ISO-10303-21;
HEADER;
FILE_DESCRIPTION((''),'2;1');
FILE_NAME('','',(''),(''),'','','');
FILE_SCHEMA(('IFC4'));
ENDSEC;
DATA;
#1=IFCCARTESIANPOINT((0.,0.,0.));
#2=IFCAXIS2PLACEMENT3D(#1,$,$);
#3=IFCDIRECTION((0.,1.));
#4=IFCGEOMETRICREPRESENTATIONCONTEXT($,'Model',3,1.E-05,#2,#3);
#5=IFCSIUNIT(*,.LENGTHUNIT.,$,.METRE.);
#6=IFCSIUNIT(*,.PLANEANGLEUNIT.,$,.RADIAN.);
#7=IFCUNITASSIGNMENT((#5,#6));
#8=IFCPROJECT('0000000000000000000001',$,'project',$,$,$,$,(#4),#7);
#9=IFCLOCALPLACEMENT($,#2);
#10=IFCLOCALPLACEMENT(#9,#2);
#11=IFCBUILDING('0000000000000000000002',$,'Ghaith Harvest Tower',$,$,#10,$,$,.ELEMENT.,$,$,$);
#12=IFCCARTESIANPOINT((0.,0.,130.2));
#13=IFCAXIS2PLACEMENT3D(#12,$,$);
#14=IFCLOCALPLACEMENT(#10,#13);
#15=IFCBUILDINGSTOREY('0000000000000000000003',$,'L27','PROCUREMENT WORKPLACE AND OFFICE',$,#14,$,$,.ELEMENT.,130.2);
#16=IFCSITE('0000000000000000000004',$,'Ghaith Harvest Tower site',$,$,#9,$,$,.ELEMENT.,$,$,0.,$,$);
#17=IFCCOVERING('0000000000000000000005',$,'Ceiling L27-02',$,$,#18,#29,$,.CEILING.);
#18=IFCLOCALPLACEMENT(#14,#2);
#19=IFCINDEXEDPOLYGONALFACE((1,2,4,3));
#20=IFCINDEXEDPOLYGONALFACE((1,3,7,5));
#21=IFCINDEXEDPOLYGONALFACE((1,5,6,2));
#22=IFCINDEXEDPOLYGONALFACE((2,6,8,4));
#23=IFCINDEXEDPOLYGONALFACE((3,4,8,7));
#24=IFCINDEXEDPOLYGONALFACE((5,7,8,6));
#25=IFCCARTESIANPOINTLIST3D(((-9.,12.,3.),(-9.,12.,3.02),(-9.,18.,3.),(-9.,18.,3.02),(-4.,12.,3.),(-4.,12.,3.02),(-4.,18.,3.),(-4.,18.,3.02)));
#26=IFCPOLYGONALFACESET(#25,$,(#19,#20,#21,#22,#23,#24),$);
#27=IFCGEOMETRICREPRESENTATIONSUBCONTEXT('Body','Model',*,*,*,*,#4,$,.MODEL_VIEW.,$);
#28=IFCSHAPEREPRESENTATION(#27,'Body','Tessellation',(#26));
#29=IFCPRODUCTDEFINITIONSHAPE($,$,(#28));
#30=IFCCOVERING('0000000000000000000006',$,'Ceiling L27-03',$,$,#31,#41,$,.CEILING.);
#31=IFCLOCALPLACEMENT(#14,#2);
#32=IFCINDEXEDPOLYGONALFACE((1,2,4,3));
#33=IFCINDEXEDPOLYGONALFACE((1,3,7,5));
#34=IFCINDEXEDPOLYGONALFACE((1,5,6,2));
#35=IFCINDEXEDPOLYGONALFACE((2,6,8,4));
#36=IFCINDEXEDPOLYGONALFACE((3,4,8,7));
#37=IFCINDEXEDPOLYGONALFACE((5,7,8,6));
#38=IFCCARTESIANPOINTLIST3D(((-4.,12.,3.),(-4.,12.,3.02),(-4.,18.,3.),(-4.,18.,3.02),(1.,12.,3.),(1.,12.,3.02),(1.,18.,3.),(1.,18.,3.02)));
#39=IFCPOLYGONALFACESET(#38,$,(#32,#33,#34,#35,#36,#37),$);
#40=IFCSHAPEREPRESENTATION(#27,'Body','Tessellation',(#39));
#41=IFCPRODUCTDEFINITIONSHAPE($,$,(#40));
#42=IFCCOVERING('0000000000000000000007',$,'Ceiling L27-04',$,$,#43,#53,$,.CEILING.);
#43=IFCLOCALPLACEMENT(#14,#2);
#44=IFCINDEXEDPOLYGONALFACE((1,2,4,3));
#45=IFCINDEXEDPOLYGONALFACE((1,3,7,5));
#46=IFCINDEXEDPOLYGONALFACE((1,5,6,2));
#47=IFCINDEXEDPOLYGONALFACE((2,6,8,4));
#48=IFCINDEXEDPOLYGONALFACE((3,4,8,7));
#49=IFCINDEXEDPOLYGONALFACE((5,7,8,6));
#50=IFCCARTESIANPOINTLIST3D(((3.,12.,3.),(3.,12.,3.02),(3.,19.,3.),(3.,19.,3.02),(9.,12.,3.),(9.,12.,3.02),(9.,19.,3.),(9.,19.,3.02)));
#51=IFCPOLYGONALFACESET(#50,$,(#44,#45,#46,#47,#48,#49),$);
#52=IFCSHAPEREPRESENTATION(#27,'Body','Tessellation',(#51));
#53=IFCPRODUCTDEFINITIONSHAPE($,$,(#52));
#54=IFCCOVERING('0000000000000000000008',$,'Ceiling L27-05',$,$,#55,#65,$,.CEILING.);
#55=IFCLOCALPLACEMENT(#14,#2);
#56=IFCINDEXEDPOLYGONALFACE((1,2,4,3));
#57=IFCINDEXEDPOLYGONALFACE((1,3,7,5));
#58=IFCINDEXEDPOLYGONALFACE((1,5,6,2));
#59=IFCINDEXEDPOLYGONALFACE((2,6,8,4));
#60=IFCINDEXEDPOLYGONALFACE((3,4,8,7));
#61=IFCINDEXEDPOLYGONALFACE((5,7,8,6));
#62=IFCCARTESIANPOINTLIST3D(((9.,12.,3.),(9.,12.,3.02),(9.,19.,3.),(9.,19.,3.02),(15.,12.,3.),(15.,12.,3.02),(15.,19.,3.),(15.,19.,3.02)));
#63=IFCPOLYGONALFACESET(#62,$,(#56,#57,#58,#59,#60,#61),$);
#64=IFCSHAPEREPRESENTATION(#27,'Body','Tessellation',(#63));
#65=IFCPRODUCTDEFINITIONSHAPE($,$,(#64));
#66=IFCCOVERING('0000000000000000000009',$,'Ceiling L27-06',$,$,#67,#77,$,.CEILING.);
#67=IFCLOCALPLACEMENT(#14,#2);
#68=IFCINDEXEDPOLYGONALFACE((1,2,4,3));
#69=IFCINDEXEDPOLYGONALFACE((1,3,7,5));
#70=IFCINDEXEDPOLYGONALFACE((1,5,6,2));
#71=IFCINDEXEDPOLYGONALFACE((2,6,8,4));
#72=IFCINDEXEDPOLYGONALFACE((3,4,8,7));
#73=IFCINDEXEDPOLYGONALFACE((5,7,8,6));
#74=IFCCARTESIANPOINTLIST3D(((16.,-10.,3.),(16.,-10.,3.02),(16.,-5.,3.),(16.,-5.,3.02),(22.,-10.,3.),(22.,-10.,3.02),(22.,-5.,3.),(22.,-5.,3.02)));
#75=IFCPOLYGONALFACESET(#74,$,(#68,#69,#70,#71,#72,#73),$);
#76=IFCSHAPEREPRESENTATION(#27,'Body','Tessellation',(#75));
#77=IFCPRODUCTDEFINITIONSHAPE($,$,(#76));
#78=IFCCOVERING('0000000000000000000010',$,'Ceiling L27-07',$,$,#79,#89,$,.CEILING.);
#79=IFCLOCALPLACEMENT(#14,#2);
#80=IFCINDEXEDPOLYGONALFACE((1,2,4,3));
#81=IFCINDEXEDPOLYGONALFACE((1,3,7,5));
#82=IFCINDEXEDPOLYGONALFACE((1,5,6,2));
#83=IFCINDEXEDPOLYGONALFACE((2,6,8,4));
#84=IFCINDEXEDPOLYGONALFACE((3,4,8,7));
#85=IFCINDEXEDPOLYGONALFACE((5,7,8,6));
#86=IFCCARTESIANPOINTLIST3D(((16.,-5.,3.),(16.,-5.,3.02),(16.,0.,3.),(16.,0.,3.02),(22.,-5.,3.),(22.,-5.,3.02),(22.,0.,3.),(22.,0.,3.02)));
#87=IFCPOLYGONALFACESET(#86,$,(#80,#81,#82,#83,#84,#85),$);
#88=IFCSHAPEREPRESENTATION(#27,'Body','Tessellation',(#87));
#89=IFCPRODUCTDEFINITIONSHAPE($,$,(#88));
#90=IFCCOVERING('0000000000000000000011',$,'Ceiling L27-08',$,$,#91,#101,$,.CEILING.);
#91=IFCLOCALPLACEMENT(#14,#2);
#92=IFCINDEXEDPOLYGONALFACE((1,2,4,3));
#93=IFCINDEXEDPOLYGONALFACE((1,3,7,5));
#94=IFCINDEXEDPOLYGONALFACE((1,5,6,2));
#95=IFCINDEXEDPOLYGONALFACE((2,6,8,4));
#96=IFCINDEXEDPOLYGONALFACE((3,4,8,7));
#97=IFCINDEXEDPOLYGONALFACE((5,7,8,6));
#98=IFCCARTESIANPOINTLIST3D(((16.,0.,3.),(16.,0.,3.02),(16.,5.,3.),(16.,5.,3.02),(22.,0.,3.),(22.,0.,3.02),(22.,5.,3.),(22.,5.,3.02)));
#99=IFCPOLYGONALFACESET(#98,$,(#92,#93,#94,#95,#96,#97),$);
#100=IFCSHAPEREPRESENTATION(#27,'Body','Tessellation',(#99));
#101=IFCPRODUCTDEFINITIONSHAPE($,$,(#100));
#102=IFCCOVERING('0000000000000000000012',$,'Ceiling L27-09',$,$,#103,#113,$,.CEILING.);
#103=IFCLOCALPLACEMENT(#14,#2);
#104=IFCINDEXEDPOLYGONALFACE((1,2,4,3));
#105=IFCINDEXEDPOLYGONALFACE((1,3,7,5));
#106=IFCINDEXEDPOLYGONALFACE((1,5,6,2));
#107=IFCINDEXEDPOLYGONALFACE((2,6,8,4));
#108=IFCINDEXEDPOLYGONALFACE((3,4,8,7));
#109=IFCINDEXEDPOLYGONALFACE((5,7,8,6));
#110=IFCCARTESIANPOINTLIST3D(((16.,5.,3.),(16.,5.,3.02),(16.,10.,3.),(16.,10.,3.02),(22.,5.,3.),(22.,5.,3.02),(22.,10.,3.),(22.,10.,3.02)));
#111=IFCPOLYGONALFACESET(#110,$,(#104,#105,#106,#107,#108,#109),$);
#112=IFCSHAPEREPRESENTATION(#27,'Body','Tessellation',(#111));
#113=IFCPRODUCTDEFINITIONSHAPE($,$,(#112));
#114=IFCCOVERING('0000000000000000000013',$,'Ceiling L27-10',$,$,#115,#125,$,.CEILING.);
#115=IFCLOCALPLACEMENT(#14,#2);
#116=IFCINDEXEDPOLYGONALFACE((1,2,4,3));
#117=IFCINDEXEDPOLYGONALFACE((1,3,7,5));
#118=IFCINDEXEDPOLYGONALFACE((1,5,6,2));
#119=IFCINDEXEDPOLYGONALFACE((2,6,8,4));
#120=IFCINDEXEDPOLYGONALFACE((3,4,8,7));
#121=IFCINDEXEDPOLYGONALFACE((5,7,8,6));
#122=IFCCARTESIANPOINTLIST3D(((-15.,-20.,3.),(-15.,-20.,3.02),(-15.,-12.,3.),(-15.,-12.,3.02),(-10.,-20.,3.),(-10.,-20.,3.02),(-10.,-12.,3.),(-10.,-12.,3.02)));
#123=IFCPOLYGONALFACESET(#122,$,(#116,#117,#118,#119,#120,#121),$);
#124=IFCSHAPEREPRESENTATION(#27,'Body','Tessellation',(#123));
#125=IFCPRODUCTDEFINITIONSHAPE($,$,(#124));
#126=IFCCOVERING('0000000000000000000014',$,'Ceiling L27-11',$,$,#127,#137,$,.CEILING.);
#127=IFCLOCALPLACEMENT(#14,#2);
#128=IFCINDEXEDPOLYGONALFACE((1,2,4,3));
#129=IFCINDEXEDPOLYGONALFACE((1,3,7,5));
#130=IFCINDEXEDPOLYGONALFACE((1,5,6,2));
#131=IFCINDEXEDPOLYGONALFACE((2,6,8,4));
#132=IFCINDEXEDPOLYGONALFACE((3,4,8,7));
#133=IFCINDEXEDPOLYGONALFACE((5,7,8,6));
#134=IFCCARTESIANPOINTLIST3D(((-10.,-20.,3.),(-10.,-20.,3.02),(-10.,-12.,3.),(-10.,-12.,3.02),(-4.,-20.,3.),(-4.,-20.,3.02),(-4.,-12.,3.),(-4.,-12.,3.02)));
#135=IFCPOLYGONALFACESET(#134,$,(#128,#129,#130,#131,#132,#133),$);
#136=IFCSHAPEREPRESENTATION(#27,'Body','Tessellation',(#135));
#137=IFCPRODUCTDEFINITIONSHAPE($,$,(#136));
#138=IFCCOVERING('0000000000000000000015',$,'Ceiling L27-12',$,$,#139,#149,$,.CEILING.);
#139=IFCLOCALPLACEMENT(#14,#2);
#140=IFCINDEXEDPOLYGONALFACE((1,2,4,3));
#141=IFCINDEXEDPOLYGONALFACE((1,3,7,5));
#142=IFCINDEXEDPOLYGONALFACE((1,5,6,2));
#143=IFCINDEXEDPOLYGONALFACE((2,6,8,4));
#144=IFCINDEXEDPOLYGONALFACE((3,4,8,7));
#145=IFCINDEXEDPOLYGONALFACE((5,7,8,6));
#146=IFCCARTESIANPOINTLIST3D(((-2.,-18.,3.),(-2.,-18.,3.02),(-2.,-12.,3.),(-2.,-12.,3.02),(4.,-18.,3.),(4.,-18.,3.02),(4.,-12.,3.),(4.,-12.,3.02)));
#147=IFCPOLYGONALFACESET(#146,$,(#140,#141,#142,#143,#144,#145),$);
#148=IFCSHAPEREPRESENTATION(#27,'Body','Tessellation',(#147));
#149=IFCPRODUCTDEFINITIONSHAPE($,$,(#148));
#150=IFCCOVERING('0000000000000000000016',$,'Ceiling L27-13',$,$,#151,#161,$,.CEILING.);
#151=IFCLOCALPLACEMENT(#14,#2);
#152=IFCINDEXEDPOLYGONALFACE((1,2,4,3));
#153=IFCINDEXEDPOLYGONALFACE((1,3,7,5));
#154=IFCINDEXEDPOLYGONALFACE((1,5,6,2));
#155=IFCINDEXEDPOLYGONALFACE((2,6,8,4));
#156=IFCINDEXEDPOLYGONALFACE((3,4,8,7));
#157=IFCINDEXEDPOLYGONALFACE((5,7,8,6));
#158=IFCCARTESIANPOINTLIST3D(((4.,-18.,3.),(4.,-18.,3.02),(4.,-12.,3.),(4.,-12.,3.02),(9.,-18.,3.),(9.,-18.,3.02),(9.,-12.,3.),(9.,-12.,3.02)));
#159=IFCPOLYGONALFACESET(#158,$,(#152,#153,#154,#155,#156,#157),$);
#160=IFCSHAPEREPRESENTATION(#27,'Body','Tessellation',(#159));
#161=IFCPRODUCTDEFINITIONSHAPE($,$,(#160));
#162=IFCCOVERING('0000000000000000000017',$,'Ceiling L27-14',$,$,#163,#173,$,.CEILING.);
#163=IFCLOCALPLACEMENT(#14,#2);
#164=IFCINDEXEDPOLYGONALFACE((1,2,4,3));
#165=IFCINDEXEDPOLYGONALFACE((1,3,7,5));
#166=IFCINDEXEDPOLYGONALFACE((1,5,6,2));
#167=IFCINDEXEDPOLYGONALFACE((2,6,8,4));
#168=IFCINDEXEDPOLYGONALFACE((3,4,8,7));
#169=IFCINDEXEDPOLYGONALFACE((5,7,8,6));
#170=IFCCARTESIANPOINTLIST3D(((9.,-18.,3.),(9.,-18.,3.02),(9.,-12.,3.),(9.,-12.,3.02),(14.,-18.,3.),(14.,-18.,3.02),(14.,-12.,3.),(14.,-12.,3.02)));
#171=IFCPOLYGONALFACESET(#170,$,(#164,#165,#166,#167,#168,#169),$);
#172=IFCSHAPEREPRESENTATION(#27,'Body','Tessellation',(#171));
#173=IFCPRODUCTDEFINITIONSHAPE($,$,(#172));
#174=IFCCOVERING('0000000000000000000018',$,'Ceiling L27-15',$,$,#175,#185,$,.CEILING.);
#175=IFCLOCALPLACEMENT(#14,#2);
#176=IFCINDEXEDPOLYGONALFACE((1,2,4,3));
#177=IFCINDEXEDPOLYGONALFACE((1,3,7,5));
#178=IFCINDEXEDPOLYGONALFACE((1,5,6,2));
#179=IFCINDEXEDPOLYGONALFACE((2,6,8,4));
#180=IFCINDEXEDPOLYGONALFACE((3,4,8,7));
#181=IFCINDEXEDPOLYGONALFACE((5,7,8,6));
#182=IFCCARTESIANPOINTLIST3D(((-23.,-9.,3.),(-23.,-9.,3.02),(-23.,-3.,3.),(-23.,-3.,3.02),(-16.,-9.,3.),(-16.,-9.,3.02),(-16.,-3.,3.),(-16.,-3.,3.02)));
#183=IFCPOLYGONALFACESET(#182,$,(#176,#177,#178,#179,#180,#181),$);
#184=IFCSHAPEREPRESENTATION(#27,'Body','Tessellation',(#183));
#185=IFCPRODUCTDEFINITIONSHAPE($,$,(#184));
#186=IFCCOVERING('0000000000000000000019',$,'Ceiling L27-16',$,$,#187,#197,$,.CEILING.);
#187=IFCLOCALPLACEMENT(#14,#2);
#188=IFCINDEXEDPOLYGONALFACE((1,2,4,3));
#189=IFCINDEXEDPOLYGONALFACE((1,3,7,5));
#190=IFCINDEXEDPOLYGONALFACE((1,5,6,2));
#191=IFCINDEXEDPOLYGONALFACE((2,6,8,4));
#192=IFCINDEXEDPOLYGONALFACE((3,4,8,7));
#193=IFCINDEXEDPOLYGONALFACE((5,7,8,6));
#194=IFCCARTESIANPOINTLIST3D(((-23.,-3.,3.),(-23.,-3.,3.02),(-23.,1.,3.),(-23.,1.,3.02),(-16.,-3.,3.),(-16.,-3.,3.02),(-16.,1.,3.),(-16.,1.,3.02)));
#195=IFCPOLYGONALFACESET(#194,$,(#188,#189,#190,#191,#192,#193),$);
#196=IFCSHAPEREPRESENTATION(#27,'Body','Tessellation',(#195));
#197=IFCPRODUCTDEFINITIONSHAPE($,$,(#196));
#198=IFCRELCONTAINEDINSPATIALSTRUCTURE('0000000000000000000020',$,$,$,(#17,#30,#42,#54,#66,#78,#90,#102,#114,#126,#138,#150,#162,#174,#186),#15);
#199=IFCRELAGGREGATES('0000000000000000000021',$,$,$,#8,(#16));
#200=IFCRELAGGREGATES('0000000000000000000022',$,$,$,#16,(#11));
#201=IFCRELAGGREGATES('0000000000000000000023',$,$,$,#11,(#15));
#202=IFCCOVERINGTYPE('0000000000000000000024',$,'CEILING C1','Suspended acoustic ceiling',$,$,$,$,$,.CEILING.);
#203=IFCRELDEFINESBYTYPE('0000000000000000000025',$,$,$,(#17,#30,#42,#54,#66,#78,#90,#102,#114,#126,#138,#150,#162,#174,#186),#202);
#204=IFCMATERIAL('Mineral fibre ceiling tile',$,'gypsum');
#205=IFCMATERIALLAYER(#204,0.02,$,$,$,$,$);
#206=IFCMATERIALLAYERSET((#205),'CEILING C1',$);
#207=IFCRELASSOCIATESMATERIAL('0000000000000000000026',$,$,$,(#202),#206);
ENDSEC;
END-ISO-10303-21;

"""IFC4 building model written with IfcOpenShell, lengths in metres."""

from ifc_helpers import new_model, si_unit, direction, frame, origin, place, context, subcontext, project, spatial, polyline, outline, extrude, material, layer, layer_set, type_object, element, save


model = new_model("IFC4")

# Units and contexts
model_context = context("Model", 3, precision=1e-05, world=origin(), true_north=direction((0.0, 1.0)))
body_context = subcontext(model_context, "Body", "Model", "MODEL_VIEW")
ifc_project = project(units=[si_unit("LENGTHUNIT", "METRE"), si_unit("PLANEANGLEUNIT", "RADIAN")], contexts=[model_context])

# Site, building, storey
site_placement = place(None, origin())
site = spatial("IfcSite", under=ifc_project, at=site_placement, Name="Ghaith Harvest Tower site", CompositionType="ELEMENT", RefElevation=0.0)
building_placement = place(site_placement, origin())
building = spatial("IfcBuilding", under=site, at=building_placement, Name="Ghaith Harvest Tower", CompositionType="ELEMENT")
storey_placement = place(building_placement, frame((0.0, 0.0, 130.2)))
storey = spatial("IfcBuildingStorey", under=building, at=storey_placement, Name="L27", Description="PROCUREMENT WORKPLACE AND OFFICE", CompositionType="ELEMENT", Elevation=130.2)

# Coverings
ifc_material_1 = material(Name="Mineral fibre ceiling tile", Category="gypsum")
ifc_layer_1 = layer(ifc_material_1, 0.02)
ifc_layer_set_1 = layer_set([ifc_layer_1], Name="CEILING C1")
covering_type = type_object("IfcCoveringType", Name="CEILING C1", Description="Suspended acoustic ceiling", PredefinedType="CEILING", material=ifc_layer_set_1)
covering_1_placement = place(storey_placement, frame((0.0, 0.0, 3.0)))
element("IfcCovering", 1, at=covering_1_placement, inside=storey, type_object=covering_type, Name="Ceiling L27-02", PredefinedType="CEILING", context=body_context, shape_type="SweptSolid", body=[
    extrude(outline(polyline([(-9.0, 12.0), (-4.0, 12.0), (-4.0, 18.0), (-9.0, 18.0), (-9.0, 12.0)])), origin(), (0.0, 0.0, 1.0), 0.02),
])
covering_2_placement = place(storey_placement, frame((0.0, 0.0, 3.0)))
element("IfcCovering", 2, at=covering_2_placement, inside=storey, type_object=covering_type, Name="Ceiling L27-03", PredefinedType="CEILING", context=body_context, shape_type="SweptSolid", body=[
    extrude(outline(polyline([(-4.0, 12.0), (1.0, 12.0), (1.0, 18.0), (-4.0, 18.0), (-4.0, 12.0)])), origin(), (0.0, 0.0, 1.0), 0.02),
])
covering_3_placement = place(storey_placement, frame((0.0, 0.0, 3.0)))
element("IfcCovering", 3, at=covering_3_placement, inside=storey, type_object=covering_type, Name="Ceiling L27-04", PredefinedType="CEILING", context=body_context, shape_type="SweptSolid", body=[
    extrude(outline(polyline([(3.0, 12.0), (9.0, 12.0), (9.0, 19.0), (3.0, 19.0), (3.0, 12.0)])), origin(), (0.0, 0.0, 1.0), 0.02),
])
covering_4_placement = place(storey_placement, frame((0.0, 0.0, 3.0)))
element("IfcCovering", 4, at=covering_4_placement, inside=storey, type_object=covering_type, Name="Ceiling L27-05", PredefinedType="CEILING", context=body_context, shape_type="SweptSolid", body=[
    extrude(outline(polyline([(9.0, 12.0), (15.0, 12.0), (15.0, 19.0), (9.0, 19.0), (9.0, 12.0)])), origin(), (0.0, 0.0, 1.0), 0.02),
])
covering_5_placement = place(storey_placement, frame((0.0, 0.0, 3.0)))
element("IfcCovering", 5, at=covering_5_placement, inside=storey, type_object=covering_type, Name="Ceiling L27-06", PredefinedType="CEILING", context=body_context, shape_type="SweptSolid", body=[
    extrude(outline(polyline([(16.0, -10.0), (22.0, -10.0), (22.0, -5.0), (16.0, -5.0), (16.0, -10.0)])), origin(), (0.0, 0.0, 1.0), 0.02),
])
covering_6_placement = place(storey_placement, frame((0.0, 0.0, 3.0)))
element("IfcCovering", 6, at=covering_6_placement, inside=storey, type_object=covering_type, Name="Ceiling L27-07", PredefinedType="CEILING", context=body_context, shape_type="SweptSolid", body=[
    extrude(outline(polyline([(16.0, -5.0), (22.0, -5.0), (22.0, 0.0), (16.0, 0.0), (16.0, -5.0)])), origin(), (0.0, 0.0, 1.0), 0.02),
])
covering_7_placement = place(storey_placement, frame((0.0, 0.0, 3.0)))
element("IfcCovering", 7, at=covering_7_placement, inside=storey, type_object=covering_type, Name="Ceiling L27-08", PredefinedType="CEILING", context=body_context, shape_type="SweptSolid", body=[
    extrude(outline(polyline([(16.0, 0.0), (22.0, 0.0), (22.0, 5.0), (16.0, 5.0), (16.0, 0.0)])), origin(), (0.0, 0.0, 1.0), 0.02),
])
covering_8_placement = place(storey_placement, frame((0.0, 0.0, 3.0)))
element("IfcCovering", 8, at=covering_8_placement, inside=storey, type_object=covering_type, Name="Ceiling L27-09", PredefinedType="CEILING", context=body_context, shape_type="SweptSolid", body=[
    extrude(outline(polyline([(16.0, 5.0), (22.0, 5.0), (22.0, 10.0), (16.0, 10.0), (16.0, 5.0)])), origin(), (0.0, 0.0, 1.0), 0.02),
])
covering_9_placement = place(storey_placement, frame((0.0, 0.0, 3.0)))
element("IfcCovering", 9, at=covering_9_placement, inside=storey, type_object=covering_type, Name="Ceiling L27-10", PredefinedType="CEILING", context=body_context, shape_type="SweptSolid", body=[
    extrude(outline(polyline([(-15.0, -20.0), (-10.0, -20.0), (-10.0, -12.0), (-15.0, -12.0), (-15.0, -20.0)])), origin(), (0.0, 0.0, 1.0), 0.02),
])
covering_10_placement = place(storey_placement, frame((0.0, 0.0, 3.0)))
element("IfcCovering", 10, at=covering_10_placement, inside=storey, type_object=covering_type, Name="Ceiling L27-11", PredefinedType="CEILING", context=body_context, shape_type="SweptSolid", body=[
    extrude(outline(polyline([(-10.0, -20.0), (-4.0, -20.0), (-4.0, -12.0), (-10.0, -12.0), (-10.0, -20.0)])), origin(), (0.0, 0.0, 1.0), 0.02),
])
covering_11_placement = place(storey_placement, frame((0.0, 0.0, 3.0)))
element("IfcCovering", 11, at=covering_11_placement, inside=storey, type_object=covering_type, Name="Ceiling L27-12", PredefinedType="CEILING", context=body_context, shape_type="SweptSolid", body=[
    extrude(outline(polyline([(-2.0, -18.0), (4.0, -18.0), (4.0, -12.0), (-2.0, -12.0), (-2.0, -18.0)])), origin(), (0.0, 0.0, 1.0), 0.02),
])
covering_12_placement = place(storey_placement, frame((0.0, 0.0, 3.0)))
element("IfcCovering", 12, at=covering_12_placement, inside=storey, type_object=covering_type, Name="Ceiling L27-13", PredefinedType="CEILING", context=body_context, shape_type="SweptSolid", body=[
    extrude(outline(polyline([(4.0, -18.0), (9.0, -18.0), (9.0, -12.0), (4.0, -12.0), (4.0, -18.0)])), origin(), (0.0, 0.0, 1.0), 0.02),
])
covering_13_placement = place(storey_placement, frame((0.0, 0.0, 3.0)))
element("IfcCovering", 13, at=covering_13_placement, inside=storey, type_object=covering_type, Name="Ceiling L27-14", PredefinedType="CEILING", context=body_context, shape_type="SweptSolid", body=[
    extrude(outline(polyline([(9.0, -18.0), (14.0, -18.0), (14.0, -12.0), (9.0, -12.0), (9.0, -18.0)])), origin(), (0.0, 0.0, 1.0), 0.02),
])
covering_14_placement = place(storey_placement, frame((0.0, 0.0, 3.0)))
element("IfcCovering", 14, at=covering_14_placement, inside=storey, type_object=covering_type, Name="Ceiling L27-15", PredefinedType="CEILING", context=body_context, shape_type="SweptSolid", body=[
    extrude(outline(polyline([(-23.0, -9.0), (-16.0, -9.0), (-16.0, -3.0), (-23.0, -3.0), (-23.0, -9.0)])), origin(), (0.0, 0.0, 1.0), 0.02),
])
covering_15_placement = place(storey_placement, frame((0.0, 0.0, 3.0)))
element("IfcCovering", 15, at=covering_15_placement, inside=storey, type_object=covering_type, Name="Ceiling L27-16", PredefinedType="CEILING", context=body_context, shape_type="SweptSolid", body=[
    extrude(outline(polyline([(-23.0, -3.0), (-16.0, -3.0), (-16.0, 1.0), (-23.0, 1.0), (-23.0, -3.0)])), origin(), (0.0, 0.0, 1.0), 0.02),
])

save(model, "model.ifc")
